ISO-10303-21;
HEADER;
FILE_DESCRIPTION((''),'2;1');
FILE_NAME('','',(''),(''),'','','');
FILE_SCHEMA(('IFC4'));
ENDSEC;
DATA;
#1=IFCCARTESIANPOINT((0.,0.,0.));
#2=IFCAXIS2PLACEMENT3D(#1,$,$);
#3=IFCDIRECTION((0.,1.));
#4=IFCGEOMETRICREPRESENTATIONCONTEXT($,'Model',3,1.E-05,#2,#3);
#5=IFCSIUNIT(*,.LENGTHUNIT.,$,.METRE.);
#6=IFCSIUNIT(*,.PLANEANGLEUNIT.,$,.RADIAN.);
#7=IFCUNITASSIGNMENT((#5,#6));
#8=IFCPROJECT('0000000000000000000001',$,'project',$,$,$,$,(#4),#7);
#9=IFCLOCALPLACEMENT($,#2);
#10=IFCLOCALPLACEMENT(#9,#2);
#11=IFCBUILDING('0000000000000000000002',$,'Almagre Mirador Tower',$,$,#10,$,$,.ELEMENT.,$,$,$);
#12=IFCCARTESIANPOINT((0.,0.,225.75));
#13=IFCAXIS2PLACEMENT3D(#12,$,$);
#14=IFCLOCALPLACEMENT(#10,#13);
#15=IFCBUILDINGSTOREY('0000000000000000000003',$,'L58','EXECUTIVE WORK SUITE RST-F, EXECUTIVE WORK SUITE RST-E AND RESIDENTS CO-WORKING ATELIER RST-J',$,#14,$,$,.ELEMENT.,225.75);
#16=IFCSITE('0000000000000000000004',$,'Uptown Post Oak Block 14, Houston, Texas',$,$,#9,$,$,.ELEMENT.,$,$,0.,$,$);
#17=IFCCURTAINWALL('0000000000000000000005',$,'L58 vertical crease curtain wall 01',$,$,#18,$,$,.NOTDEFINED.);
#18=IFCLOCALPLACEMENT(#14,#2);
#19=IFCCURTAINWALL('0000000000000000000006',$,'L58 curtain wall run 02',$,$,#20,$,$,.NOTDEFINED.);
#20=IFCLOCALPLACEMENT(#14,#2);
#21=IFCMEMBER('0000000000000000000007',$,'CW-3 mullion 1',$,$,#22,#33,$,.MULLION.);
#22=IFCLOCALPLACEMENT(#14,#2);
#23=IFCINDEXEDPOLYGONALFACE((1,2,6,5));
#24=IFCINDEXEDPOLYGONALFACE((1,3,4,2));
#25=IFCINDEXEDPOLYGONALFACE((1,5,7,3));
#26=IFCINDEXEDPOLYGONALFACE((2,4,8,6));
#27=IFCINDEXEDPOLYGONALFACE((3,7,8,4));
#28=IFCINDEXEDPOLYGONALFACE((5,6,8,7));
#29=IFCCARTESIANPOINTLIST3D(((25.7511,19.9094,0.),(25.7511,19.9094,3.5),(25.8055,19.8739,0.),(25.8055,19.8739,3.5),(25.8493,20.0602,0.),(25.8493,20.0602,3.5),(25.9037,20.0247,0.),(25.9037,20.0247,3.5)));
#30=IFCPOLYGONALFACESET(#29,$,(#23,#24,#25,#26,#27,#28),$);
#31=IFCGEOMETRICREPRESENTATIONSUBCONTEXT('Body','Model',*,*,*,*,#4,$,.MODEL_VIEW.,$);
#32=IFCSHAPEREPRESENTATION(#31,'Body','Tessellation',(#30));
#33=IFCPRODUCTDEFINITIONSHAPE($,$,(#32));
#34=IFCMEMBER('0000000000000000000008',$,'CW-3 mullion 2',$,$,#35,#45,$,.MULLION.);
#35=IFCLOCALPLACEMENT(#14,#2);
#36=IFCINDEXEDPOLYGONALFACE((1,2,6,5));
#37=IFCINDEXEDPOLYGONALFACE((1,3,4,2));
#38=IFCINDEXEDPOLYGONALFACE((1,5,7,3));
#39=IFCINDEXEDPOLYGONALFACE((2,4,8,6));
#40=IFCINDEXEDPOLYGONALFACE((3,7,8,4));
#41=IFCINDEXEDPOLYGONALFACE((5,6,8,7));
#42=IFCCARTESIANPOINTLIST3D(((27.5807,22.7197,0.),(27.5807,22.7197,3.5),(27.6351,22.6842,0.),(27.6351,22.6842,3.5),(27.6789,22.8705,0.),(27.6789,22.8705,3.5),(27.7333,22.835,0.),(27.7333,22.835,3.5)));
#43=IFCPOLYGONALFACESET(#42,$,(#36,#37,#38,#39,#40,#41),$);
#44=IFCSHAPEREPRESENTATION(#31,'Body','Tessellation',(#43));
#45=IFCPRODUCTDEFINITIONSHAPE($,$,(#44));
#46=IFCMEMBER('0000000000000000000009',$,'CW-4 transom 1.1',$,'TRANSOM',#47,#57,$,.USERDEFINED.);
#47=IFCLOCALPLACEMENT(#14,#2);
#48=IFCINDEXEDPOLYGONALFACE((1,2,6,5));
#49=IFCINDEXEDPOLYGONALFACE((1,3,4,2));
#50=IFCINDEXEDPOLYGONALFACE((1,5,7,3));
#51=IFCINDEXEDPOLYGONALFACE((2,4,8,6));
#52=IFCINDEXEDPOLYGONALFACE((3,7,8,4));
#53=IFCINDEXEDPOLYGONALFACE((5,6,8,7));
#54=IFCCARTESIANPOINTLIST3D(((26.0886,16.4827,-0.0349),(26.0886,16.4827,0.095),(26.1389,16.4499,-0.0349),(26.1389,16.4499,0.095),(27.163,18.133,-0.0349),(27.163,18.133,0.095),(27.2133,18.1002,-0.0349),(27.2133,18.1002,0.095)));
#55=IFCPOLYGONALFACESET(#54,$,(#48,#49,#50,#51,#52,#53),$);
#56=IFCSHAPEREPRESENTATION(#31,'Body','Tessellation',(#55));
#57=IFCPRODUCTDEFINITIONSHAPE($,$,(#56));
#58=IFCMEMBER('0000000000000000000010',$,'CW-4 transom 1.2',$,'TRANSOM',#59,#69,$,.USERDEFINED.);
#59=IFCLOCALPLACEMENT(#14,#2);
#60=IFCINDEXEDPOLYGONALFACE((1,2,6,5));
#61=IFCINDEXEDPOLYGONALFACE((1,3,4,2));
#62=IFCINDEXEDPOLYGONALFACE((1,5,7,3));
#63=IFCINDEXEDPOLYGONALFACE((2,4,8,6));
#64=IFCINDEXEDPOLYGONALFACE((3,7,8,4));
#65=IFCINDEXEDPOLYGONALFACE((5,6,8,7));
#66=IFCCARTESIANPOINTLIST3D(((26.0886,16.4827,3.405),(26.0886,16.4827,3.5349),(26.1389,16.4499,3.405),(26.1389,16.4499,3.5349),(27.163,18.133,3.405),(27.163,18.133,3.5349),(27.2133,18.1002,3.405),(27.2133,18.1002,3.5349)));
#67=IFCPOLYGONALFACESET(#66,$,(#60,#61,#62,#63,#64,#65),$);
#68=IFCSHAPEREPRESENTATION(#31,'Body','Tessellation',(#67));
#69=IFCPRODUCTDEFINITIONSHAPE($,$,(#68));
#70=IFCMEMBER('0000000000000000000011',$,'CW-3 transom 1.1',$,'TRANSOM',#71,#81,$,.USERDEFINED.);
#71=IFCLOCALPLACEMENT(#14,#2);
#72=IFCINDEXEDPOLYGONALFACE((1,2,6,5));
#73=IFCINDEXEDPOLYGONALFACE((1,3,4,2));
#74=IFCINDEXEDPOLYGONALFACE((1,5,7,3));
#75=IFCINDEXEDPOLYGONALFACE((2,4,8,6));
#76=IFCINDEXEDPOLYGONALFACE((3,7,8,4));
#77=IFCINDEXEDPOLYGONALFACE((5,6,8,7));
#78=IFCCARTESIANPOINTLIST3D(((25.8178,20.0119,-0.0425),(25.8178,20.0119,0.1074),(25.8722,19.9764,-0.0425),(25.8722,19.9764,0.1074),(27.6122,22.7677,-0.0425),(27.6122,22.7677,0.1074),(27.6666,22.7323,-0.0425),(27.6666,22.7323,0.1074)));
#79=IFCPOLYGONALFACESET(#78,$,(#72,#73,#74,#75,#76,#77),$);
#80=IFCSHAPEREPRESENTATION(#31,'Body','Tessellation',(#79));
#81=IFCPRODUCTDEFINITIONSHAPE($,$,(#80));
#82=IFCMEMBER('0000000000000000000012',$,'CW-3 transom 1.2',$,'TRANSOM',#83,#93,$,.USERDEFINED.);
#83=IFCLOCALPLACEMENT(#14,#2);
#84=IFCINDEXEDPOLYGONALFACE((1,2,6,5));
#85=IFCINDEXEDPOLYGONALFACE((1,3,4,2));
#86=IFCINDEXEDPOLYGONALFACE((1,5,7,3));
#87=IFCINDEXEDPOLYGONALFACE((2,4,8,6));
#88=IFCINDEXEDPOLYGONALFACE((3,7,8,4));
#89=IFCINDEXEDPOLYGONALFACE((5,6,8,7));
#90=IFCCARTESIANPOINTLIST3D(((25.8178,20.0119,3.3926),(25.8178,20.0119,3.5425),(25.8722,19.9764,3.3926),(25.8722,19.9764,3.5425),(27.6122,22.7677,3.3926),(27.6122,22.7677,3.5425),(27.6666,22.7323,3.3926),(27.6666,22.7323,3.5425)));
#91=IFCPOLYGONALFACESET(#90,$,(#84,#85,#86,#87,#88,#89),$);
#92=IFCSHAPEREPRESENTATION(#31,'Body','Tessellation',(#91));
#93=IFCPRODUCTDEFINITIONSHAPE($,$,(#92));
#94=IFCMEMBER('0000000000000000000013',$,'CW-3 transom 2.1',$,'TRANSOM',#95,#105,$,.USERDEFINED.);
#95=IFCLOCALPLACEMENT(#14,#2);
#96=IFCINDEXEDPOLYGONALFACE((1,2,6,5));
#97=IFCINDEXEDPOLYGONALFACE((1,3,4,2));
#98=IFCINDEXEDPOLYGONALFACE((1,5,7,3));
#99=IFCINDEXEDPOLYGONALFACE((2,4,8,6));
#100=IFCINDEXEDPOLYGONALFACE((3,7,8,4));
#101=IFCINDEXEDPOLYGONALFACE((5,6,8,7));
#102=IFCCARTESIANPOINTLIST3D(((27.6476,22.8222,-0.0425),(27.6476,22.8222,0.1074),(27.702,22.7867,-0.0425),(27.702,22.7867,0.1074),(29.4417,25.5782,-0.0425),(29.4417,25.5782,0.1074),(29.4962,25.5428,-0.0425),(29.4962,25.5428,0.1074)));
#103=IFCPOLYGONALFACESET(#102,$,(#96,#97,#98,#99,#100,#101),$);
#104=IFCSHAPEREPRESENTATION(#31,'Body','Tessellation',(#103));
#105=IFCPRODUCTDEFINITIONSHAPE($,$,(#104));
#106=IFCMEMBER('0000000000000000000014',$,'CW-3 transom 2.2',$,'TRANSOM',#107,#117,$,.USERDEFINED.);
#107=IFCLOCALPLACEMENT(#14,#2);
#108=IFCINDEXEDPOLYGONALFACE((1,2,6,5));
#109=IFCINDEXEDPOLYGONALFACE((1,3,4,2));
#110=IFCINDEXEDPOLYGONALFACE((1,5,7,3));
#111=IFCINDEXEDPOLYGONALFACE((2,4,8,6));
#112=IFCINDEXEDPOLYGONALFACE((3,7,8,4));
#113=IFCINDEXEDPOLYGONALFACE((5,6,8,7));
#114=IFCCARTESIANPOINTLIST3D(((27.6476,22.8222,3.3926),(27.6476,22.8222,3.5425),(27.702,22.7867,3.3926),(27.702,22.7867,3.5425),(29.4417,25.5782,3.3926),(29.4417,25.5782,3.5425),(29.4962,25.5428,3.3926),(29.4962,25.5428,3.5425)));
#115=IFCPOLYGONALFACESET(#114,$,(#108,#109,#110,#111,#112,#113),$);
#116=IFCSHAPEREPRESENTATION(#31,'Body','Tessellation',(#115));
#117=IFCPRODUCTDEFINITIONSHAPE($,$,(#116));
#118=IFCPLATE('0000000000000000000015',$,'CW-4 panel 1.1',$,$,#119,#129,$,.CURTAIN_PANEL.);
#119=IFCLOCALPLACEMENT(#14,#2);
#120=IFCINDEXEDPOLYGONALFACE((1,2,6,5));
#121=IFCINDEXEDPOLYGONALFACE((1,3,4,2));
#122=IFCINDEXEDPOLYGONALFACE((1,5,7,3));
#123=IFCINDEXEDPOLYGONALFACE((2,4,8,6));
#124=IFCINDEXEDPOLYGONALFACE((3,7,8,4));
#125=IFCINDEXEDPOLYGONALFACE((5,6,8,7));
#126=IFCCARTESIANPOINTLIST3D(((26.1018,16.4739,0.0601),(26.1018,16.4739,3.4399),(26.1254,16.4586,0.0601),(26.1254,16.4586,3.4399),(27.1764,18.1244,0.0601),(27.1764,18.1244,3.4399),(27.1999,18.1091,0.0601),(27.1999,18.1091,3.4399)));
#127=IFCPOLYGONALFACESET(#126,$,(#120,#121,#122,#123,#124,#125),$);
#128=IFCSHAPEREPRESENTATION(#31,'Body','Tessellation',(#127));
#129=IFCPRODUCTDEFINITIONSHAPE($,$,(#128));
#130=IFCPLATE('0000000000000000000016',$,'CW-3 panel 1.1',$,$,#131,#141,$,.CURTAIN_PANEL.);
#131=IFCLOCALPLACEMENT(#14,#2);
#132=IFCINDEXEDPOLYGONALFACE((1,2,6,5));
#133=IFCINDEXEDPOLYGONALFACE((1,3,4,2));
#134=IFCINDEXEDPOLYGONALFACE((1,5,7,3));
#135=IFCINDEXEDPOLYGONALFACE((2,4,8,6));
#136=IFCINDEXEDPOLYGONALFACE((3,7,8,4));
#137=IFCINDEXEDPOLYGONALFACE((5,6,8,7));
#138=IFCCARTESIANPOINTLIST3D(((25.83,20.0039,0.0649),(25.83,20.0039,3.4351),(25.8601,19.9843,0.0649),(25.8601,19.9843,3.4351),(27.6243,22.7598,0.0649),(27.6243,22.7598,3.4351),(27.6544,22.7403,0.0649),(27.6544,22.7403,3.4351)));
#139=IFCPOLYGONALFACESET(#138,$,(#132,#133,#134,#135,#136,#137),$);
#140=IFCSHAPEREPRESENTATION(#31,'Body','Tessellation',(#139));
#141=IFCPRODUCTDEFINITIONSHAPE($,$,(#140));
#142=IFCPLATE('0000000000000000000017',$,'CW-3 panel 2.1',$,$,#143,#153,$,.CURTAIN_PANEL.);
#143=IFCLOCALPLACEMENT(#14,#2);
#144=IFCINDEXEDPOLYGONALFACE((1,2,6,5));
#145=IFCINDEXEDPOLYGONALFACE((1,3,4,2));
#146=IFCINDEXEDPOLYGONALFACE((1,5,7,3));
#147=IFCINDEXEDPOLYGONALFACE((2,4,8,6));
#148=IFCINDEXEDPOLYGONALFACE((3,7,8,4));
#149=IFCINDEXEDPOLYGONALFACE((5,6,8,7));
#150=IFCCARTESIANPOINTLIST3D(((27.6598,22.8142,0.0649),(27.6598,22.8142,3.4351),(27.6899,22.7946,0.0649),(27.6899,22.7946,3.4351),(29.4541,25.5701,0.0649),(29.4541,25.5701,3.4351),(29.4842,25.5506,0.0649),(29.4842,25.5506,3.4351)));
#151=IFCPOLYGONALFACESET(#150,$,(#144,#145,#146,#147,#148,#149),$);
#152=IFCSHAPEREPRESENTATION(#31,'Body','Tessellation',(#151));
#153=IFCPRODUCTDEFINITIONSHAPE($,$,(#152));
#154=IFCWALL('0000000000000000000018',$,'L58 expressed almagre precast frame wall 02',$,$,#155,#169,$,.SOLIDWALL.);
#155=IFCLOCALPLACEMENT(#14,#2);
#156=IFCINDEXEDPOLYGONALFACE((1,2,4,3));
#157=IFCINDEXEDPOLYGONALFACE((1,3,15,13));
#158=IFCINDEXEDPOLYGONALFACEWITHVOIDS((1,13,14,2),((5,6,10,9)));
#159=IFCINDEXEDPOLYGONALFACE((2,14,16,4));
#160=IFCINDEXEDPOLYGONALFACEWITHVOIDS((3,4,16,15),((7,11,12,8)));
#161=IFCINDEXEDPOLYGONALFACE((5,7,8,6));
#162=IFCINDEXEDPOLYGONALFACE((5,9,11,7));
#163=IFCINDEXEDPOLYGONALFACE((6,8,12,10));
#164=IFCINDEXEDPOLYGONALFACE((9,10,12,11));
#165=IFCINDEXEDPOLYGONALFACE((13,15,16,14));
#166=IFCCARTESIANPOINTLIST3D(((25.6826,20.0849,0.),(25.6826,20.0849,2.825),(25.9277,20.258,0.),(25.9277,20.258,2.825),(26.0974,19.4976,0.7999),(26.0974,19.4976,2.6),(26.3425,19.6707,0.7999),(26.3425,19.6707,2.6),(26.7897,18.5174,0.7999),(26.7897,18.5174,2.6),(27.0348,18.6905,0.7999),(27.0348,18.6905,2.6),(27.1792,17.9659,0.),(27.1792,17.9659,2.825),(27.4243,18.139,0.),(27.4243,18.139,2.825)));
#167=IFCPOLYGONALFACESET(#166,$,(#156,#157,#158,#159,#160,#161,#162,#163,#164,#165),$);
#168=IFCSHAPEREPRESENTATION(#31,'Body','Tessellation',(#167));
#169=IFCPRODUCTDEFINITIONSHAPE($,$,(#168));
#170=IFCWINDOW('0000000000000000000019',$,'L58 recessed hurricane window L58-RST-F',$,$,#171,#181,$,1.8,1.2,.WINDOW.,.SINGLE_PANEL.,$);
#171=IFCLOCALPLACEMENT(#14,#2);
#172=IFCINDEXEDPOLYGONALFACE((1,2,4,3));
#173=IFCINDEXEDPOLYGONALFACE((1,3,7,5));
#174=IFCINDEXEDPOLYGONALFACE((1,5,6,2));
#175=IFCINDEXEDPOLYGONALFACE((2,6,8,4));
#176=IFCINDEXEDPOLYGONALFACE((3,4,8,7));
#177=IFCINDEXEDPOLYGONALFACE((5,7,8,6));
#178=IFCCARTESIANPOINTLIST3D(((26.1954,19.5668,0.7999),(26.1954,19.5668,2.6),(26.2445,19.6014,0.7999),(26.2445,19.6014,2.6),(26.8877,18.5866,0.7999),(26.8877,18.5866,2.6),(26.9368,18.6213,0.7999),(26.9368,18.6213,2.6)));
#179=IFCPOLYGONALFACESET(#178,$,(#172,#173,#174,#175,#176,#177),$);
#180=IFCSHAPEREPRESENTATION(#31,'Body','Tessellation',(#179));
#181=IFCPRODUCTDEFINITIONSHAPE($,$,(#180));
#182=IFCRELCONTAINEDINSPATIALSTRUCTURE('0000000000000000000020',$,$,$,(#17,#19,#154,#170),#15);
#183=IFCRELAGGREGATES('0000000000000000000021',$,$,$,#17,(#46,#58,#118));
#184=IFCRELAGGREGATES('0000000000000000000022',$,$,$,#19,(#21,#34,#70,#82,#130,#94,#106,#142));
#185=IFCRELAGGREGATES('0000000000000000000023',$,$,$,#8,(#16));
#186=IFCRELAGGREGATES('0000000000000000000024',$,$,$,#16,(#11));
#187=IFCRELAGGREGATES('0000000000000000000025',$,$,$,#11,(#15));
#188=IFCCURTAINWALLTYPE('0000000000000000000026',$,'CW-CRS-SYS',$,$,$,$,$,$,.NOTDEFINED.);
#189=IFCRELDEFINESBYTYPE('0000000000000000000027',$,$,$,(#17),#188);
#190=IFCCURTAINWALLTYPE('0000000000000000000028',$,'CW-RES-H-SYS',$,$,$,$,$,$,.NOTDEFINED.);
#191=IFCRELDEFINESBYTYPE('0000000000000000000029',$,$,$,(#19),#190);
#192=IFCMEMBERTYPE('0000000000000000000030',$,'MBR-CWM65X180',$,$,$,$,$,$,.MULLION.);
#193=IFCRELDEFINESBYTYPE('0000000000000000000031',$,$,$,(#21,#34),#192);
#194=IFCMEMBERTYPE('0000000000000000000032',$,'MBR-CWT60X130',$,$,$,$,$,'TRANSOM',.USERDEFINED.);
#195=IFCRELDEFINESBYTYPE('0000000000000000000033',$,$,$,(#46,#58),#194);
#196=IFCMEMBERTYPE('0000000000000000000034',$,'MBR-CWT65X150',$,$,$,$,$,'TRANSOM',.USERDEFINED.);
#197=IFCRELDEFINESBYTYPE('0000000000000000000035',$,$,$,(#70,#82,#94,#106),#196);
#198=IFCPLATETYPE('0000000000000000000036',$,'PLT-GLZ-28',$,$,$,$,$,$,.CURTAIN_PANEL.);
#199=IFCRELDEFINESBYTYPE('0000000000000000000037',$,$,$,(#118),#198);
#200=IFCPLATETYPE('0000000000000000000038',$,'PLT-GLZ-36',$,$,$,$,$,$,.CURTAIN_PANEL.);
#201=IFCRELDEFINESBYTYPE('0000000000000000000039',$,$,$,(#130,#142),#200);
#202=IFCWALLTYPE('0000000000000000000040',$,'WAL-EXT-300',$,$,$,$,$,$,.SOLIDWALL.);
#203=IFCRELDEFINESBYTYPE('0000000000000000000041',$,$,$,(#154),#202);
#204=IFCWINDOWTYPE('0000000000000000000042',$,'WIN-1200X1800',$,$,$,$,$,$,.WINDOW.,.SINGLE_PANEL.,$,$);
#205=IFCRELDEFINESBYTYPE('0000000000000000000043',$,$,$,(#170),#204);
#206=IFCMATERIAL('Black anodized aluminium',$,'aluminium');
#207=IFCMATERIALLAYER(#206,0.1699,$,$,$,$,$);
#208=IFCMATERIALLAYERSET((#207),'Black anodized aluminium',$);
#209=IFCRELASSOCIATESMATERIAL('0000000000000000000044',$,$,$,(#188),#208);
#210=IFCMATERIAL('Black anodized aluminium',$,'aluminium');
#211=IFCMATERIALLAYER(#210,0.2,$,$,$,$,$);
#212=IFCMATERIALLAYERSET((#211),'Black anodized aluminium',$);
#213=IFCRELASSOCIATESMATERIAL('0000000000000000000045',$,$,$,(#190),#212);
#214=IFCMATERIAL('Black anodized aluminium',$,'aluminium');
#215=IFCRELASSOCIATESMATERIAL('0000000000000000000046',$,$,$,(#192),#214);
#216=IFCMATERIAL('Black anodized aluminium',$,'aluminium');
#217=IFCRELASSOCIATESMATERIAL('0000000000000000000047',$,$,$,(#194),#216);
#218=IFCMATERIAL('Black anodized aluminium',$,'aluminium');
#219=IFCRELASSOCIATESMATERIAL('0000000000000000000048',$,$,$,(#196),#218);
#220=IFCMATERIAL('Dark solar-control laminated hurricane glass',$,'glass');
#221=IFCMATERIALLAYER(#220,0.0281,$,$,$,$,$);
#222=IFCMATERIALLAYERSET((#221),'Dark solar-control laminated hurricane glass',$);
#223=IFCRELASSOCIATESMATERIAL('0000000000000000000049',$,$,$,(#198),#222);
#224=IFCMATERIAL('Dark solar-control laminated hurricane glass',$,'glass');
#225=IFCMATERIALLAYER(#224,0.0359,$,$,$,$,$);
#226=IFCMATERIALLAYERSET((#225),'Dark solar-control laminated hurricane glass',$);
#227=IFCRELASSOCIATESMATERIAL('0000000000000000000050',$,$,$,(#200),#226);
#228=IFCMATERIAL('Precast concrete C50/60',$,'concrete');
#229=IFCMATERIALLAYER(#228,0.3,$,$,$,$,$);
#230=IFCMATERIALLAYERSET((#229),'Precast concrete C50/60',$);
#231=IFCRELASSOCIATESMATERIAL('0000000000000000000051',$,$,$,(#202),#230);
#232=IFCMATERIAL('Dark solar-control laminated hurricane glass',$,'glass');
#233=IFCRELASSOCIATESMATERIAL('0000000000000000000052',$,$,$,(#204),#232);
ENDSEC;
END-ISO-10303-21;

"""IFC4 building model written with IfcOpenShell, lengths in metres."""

from ifc_helpers import new_model, si_unit, direction, frame, frame_2d, origin, origin_2d, place, context, subcontext, project, spatial, rectangle, extrude, material, layer, layer_set, material_profile, profile_set, type_object, element, fill, aggregate, save


model = new_model("IFC4")

# Units and contexts
model_context = context("Model", 3, precision=1e-05, world=origin(), true_north=direction((0.0, 1.0)))
body_context = subcontext(model_context, "Body", "Model", "MODEL_VIEW")
ifc_project = project(units=[si_unit("LENGTHUNIT", "METRE"), si_unit("PLANEANGLEUNIT", "RADIAN")], contexts=[model_context])

# Site, building, storey
site_placement = place(None, origin())
site = spatial("IfcSite", under=ifc_project, at=site_placement, Name="Uptown Post Oak Block 14, Houston, Texas", CompositionType="ELEMENT", RefElevation=0.0)
building_placement = place(site_placement, origin())
building = spatial("IfcBuilding", under=site, at=building_placement, Name="Almagre Mirador Tower", CompositionType="ELEMENT")
storey_placement = place(building_placement, frame((0.0, 0.0, 225.75)))
storey = spatial("IfcBuildingStorey", under=building, at=storey_placement, Name="L58", Description="EXECUTIVE WORK SUITE RST-F, EXECUTIVE WORK SUITE RST-E AND RESIDENTS CO-WORKING ATELIER RST-J", CompositionType="ELEMENT", Elevation=225.75)

# Curtain walls, members
ifc_material_1 = material(Name="Black anodized aluminium", Category="aluminium")
ifc_layer_1 = layer(ifc_material_1, 0.1699)
ifc_layer_set_1 = layer_set([ifc_layer_1], Name="Black anodized aluminium")
curtain_wall_type_1 = type_object("IfcCurtainWallType", Name="CW-CRS-SYS", PredefinedType="NOTDEFINED", material=ifc_layer_set_1)
curtain_wall_1_placement = place(storey_placement, origin())
curtain_wall_1 = element("IfcCurtainWall", 1, at=curtain_wall_1_placement, inside=storey, type_object=curtain_wall_type_1, Name="L58 vertical crease curtain wall 01", PredefinedType="NOTDEFINED")
ifc_material_2 = material(Name="Black anodized aluminium", Category="aluminium")
ifc_layer_2 = layer(ifc_material_2, 0.2)
ifc_layer_set_2 = layer_set([ifc_layer_2], Name="Black anodized aluminium")
curtain_wall_type_2 = type_object("IfcCurtainWallType", Name="CW-RES-H-SYS", PredefinedType="NOTDEFINED", material=ifc_layer_set_2)
curtain_wall_2_placement = place(storey_placement, origin())
curtain_wall_2 = element("IfcCurtainWall", 2, at=curtain_wall_2_placement, inside=storey, type_object=curtain_wall_type_2, Name="L58 curtain wall run 02", PredefinedType="NOTDEFINED")
ifc_material_3 = material(Name="Black anodized aluminium", Category="aluminium")
ifc_material_profile_1 = material_profile(ifc_material_3, rectangle(XDim=0.0649, YDim=0.1799, at=origin_2d()), Name="CWM65X180")
ifc_profile_set_1 = profile_set([ifc_material_profile_1], Name="Black anodized aluminium")
member_type_1 = type_object("IfcMemberType", Name="MBR-CWM65X180", PredefinedType="MULLION", material=ifc_profile_set_1)
member_1_placement = place(storey_placement, frame((25.8274, 19.967, 0.0), z_axis=(0.0, 0.0, 1.0), x_axis=(-0.838037, 0.545613, 0.0)))
member_1 = element("IfcMember", 3, at=member_1_placement, type_object=member_type_1, Name="CW-3 mullion 1", PredefinedType="MULLION", context=body_context, shape_type="SweptSolid", body=[
    extrude(rectangle(XDim=0.0649, YDim=0.1799, at=origin_2d()), origin(), (0.0, 0.0, 1.0), 3.5),
])
member_2_placement = place(storey_placement, frame((27.657, 22.7773, 0.0), z_axis=(0.0, 0.0, 1.0), x_axis=(-0.838037, 0.545613, 0.0)))
member_2 = element("IfcMember", 4, at=member_2_placement, type_object=member_type_1, Name="CW-3 mullion 2", PredefinedType="MULLION", context=body_context, shape_type="SweptSolid", body=[
    extrude(rectangle(XDim=0.0649, YDim=0.1799, at=origin_2d()), origin(), (0.0, 0.0, 1.0), 3.5),
])

# Members
ifc_material_4 = material(Name="Black anodized aluminium", Category="aluminium")
ifc_material_profile_2 = material_profile(ifc_material_4, rectangle(XDim=0.0601, YDim=0.1299, at=origin_2d()), Name="CWT60X130")
ifc_profile_set_2 = profile_set([ifc_material_profile_2], Name="Black anodized aluminium")
member_type_2 = type_object("IfcMemberType", Name="MBR-CWT60X130", ElementType="TRANSOM", PredefinedType="USERDEFINED", material=ifc_profile_set_2)
member_3_placement = place(storey_placement, frame((26.1138, 16.4663, 0.03), z_axis=(0.545598, 0.838047, 0.0), x_axis=(-0.838047, 0.545598, 0.0)))
member_3 = element("IfcMember", 5, at=member_3_placement, type_object=member_type_2, Name="CW-4 transom 1.1", ObjectType="TRANSOM", PredefinedType="USERDEFINED", context=body_context, shape_type="SweptSolid", body=[
    extrude(rectangle(XDim=0.0601, YDim=0.1299, at=origin_2d()), origin(), (0.0, 0.0, 1.0), 1.9692),
])
member_4_placement = place(storey_placement, frame((26.1138, 16.4663, 3.47), z_axis=(0.545598, 0.838047, 0.0), x_axis=(-0.838047, 0.545598, 0.0)))
member_4 = element("IfcMember", 6, at=member_4_placement, type_object=member_type_2, Name="CW-4 transom 1.2", ObjectType="TRANSOM", PredefinedType="USERDEFINED", context=body_context, shape_type="SweptSolid", body=[
    extrude(rectangle(XDim=0.0601, YDim=0.1299, at=origin_2d()), origin(), (0.0, 0.0, 1.0), 1.9692),
])
ifc_material_5 = material(Name="Black anodized aluminium", Category="aluminium")
ifc_material_profile_3 = material_profile(ifc_material_5, rectangle(XDim=0.0649, YDim=0.1499, at=origin_2d()), Name="CWT65X150")
ifc_profile_set_3 = profile_set([ifc_material_profile_3], Name="Black anodized aluminium")
member_type_3 = type_object("IfcMemberType", Name="MBR-CWT65X150", ElementType="TRANSOM", PredefinedType="USERDEFINED", material=ifc_profile_set_3)
member_5_placement = place(storey_placement, frame((25.845, 19.9941, 0.0325), z_axis=(0.545656, 0.838009, 0.0), x_axis=(-0.838009, 0.545656, 0.0)))
member_5 = element("IfcMember", 7, at=member_5_placement, type_object=member_type_3, Name="CW-3 transom 1.1", ObjectType="TRANSOM", PredefinedType="USERDEFINED", context=body_context, shape_type="SweptSolid", body=[
    extrude(rectangle(XDim=0.0649, YDim=0.1499, at=origin_2d()), origin(), (0.0, 0.0, 1.0), 3.2886),
])
member_6_placement = place(storey_placement, frame((25.845, 19.9941, 3.4675), z_axis=(0.545656, 0.838009, 0.0), x_axis=(-0.838009, 0.545656, 0.0)))
member_6 = element("IfcMember", 8, at=member_6_placement, type_object=member_type_3, Name="CW-3 transom 1.2", ObjectType="TRANSOM", PredefinedType="USERDEFINED", context=body_context, shape_type="SweptSolid", body=[
    extrude(rectangle(XDim=0.0649, YDim=0.1499, at=origin_2d()), origin(), (0.0, 0.0, 1.0), 3.2886),
])
member_7_placement = place(storey_placement, frame((27.6748, 22.8044, 0.0325), z_axis=(0.54557, 0.838065, 0.0), x_axis=(-0.838065, 0.54557, 0.0)))
member_7 = element("IfcMember", 9, at=member_7_placement, type_object=member_type_3, Name="CW-3 transom 2.1", ObjectType="TRANSOM", PredefinedType="USERDEFINED", context=body_context, shape_type="SweptSolid", body=[
    extrude(rectangle(XDim=0.0649, YDim=0.1499, at=origin_2d()), origin(), (0.0, 0.0, 1.0), 3.2886),
])
member_8_placement = place(storey_placement, frame((27.6748, 22.8044, 3.4675), z_axis=(0.54557, 0.838065, 0.0), x_axis=(-0.838065, 0.54557, 0.0)))
member_8 = element("IfcMember", 10, at=member_8_placement, type_object=member_type_3, Name="CW-3 transom 2.2", ObjectType="TRANSOM", PredefinedType="USERDEFINED", context=body_context, shape_type="SweptSolid", body=[
    extrude(rectangle(XDim=0.0649, YDim=0.1499, at=origin_2d()), origin(), (0.0, 0.0, 1.0), 3.2886),
])

# Plates
ifc_material_6 = material(Name="Dark solar-control laminated hurricane glass", Category="glass")
ifc_layer_3 = layer(ifc_material_6, 0.0281)
ifc_layer_set_3 = layer_set([ifc_layer_3], Name="Dark solar-control laminated hurricane glass")
plate_type_1 = type_object("IfcPlateType", Name="PLT-GLZ-28", PredefinedType="CURTAIN_PANEL", material=ifc_layer_set_3)
plate_1_placement = place(storey_placement, frame((26.6509, 17.2915, 0.0601), z_axis=(0.0, 0.0, 1.0), x_axis=(0.545611, 0.838039, 0.0)))
plate_1 = element("IfcPlate", 11, at=plate_1_placement, type_object=plate_type_1, Name="CW-4 panel 1.1", PredefinedType="CURTAIN_PANEL", context=body_context, shape_type="SweptSolid", body=[
    extrude(rectangle(XDim=1.9695, YDim=0.0281, at=origin_2d()), origin(), (0.0, 0.0, 1.0), 3.3799),
])
aggregate(curtain_wall_1, [member_3, member_4, plate_1])
ifc_material_7 = material(Name="Dark solar-control laminated hurricane glass", Category="glass")
ifc_layer_4 = layer(ifc_material_7, 0.0359)
ifc_layer_set_4 = layer_set([ifc_layer_4], Name="Dark solar-control laminated hurricane glass")
plate_type_2 = type_object("IfcPlateType", Name="PLT-GLZ-36", PredefinedType="CURTAIN_PANEL", material=ifc_layer_set_4)
plate_2_placement = place(storey_placement, frame((26.7422, 21.3721, 0.0649), z_axis=(0.0, 0.0, 1.0), x_axis=(0.545613, 0.838037, 0.0)))
plate_2 = element("IfcPlate", 12, at=plate_2_placement, type_object=plate_type_2, Name="CW-3 panel 1.1", PredefinedType="CURTAIN_PANEL", context=body_context, shape_type="SweptSolid", body=[
    extrude(rectangle(XDim=3.2886, YDim=0.0359, at=origin_2d()), origin(), (0.0, 0.0, 1.0), 3.3701),
])
plate_3_placement = place(storey_placement, frame((28.572, 24.1824, 0.0649), z_axis=(0.0, 0.0, 1.0), x_axis=(0.545613, 0.838037, 0.0)))
plate_3 = element("IfcPlate", 13, at=plate_3_placement, type_object=plate_type_2, Name="CW-3 panel 2.1", PredefinedType="CURTAIN_PANEL", context=body_context, shape_type="SweptSolid", body=[
    extrude(rectangle(XDim=3.2886, YDim=0.0359, at=origin_2d()), origin(), (0.0, 0.0, 1.0), 3.3701),
])
aggregate(curtain_wall_2, [member_1, member_2, member_5, member_6, plate_2, member_7, member_8, plate_3])

# Wall, opening, window
ifc_material_8 = material(Name="Precast concrete C50/60", Category="concrete")
ifc_layer_5 = layer(ifc_material_8, 0.3)
ifc_layer_set_5 = layer_set([ifc_layer_5], Name="Precast concrete C50/60")
wall_type_1 = type_object("IfcWallType", Name="WAL-EXT-300", PredefinedType="SOLIDWALL", material=ifc_layer_set_5)
wall_1_placement = place(storey_placement, frame((27.3018, 18.0525, 0.0), z_axis=(0.0, 0.0, 1.0), x_axis=(-0.576912, 0.816806, 0.0)))
wall_1 = element("IfcWall", 14, at=wall_1_placement, inside=storey, type_object=wall_type_1, Name="L58 expressed almagre precast frame wall 02", PredefinedType="SOLIDWALL", context=body_context, shape_type="SweptSolid", body=[
    extrude(rectangle(XDim=2.5942, YDim=0.3, at=frame_2d((1.2971, 0.0))), origin(), (0.0, 0.0, 1.0), 2.825),
])
opening_1_placement = place(wall_1_placement, frame((0.675, 0.0, 0.8)))
opening_1 = element("IfcOpeningElement", 15, at=opening_1_placement, cuts=wall_1, PredefinedType="OPENING", context=body_context, shape_type="SweptSolid", body=[
    extrude(rectangle(XDim=1.2, YDim=1.8, at=frame_2d((0.6001, 0.8999))), frame((0.0, 0.1599, 0.0), z_axis=(0.0, -1.0, 0.0), x_axis=(1.0, 0.0, 0.0)), (0.0, 0.0, 1.0), 0.32),
])
ifc_material_9 = material(Name="Dark solar-control laminated hurricane glass", Category="glass")
window_type = type_object("IfcWindowType", Name="WIN-1200X1800", PartitioningType="SINGLE_PANEL", PredefinedType="WINDOW", material=ifc_material_9)
window_placement = place(opening_1_placement, origin())
window = element("IfcWindow", 16, at=window_placement, inside=storey, type_object=window_type, Name="L58 recessed hurricane window L58-RST-F", OverallHeight=1.8, OverallWidth=1.2, PartitioningType="SINGLE_PANEL", PredefinedType="WINDOW", context=body_context, shape_type="SweptSolid", body=[
    extrude(rectangle(XDim=1.2, YDim=1.8, at=frame_2d((0.6001, 0.8999))), frame((0.0, 0.03, 0.0), z_axis=(0.0, -1.0, 0.0), x_axis=(1.0, 0.0, 0.0)), (0.0, 0.0, 1.0), 0.0601),
])
fill(opening_1, window)

save(model, "model.ifc")
